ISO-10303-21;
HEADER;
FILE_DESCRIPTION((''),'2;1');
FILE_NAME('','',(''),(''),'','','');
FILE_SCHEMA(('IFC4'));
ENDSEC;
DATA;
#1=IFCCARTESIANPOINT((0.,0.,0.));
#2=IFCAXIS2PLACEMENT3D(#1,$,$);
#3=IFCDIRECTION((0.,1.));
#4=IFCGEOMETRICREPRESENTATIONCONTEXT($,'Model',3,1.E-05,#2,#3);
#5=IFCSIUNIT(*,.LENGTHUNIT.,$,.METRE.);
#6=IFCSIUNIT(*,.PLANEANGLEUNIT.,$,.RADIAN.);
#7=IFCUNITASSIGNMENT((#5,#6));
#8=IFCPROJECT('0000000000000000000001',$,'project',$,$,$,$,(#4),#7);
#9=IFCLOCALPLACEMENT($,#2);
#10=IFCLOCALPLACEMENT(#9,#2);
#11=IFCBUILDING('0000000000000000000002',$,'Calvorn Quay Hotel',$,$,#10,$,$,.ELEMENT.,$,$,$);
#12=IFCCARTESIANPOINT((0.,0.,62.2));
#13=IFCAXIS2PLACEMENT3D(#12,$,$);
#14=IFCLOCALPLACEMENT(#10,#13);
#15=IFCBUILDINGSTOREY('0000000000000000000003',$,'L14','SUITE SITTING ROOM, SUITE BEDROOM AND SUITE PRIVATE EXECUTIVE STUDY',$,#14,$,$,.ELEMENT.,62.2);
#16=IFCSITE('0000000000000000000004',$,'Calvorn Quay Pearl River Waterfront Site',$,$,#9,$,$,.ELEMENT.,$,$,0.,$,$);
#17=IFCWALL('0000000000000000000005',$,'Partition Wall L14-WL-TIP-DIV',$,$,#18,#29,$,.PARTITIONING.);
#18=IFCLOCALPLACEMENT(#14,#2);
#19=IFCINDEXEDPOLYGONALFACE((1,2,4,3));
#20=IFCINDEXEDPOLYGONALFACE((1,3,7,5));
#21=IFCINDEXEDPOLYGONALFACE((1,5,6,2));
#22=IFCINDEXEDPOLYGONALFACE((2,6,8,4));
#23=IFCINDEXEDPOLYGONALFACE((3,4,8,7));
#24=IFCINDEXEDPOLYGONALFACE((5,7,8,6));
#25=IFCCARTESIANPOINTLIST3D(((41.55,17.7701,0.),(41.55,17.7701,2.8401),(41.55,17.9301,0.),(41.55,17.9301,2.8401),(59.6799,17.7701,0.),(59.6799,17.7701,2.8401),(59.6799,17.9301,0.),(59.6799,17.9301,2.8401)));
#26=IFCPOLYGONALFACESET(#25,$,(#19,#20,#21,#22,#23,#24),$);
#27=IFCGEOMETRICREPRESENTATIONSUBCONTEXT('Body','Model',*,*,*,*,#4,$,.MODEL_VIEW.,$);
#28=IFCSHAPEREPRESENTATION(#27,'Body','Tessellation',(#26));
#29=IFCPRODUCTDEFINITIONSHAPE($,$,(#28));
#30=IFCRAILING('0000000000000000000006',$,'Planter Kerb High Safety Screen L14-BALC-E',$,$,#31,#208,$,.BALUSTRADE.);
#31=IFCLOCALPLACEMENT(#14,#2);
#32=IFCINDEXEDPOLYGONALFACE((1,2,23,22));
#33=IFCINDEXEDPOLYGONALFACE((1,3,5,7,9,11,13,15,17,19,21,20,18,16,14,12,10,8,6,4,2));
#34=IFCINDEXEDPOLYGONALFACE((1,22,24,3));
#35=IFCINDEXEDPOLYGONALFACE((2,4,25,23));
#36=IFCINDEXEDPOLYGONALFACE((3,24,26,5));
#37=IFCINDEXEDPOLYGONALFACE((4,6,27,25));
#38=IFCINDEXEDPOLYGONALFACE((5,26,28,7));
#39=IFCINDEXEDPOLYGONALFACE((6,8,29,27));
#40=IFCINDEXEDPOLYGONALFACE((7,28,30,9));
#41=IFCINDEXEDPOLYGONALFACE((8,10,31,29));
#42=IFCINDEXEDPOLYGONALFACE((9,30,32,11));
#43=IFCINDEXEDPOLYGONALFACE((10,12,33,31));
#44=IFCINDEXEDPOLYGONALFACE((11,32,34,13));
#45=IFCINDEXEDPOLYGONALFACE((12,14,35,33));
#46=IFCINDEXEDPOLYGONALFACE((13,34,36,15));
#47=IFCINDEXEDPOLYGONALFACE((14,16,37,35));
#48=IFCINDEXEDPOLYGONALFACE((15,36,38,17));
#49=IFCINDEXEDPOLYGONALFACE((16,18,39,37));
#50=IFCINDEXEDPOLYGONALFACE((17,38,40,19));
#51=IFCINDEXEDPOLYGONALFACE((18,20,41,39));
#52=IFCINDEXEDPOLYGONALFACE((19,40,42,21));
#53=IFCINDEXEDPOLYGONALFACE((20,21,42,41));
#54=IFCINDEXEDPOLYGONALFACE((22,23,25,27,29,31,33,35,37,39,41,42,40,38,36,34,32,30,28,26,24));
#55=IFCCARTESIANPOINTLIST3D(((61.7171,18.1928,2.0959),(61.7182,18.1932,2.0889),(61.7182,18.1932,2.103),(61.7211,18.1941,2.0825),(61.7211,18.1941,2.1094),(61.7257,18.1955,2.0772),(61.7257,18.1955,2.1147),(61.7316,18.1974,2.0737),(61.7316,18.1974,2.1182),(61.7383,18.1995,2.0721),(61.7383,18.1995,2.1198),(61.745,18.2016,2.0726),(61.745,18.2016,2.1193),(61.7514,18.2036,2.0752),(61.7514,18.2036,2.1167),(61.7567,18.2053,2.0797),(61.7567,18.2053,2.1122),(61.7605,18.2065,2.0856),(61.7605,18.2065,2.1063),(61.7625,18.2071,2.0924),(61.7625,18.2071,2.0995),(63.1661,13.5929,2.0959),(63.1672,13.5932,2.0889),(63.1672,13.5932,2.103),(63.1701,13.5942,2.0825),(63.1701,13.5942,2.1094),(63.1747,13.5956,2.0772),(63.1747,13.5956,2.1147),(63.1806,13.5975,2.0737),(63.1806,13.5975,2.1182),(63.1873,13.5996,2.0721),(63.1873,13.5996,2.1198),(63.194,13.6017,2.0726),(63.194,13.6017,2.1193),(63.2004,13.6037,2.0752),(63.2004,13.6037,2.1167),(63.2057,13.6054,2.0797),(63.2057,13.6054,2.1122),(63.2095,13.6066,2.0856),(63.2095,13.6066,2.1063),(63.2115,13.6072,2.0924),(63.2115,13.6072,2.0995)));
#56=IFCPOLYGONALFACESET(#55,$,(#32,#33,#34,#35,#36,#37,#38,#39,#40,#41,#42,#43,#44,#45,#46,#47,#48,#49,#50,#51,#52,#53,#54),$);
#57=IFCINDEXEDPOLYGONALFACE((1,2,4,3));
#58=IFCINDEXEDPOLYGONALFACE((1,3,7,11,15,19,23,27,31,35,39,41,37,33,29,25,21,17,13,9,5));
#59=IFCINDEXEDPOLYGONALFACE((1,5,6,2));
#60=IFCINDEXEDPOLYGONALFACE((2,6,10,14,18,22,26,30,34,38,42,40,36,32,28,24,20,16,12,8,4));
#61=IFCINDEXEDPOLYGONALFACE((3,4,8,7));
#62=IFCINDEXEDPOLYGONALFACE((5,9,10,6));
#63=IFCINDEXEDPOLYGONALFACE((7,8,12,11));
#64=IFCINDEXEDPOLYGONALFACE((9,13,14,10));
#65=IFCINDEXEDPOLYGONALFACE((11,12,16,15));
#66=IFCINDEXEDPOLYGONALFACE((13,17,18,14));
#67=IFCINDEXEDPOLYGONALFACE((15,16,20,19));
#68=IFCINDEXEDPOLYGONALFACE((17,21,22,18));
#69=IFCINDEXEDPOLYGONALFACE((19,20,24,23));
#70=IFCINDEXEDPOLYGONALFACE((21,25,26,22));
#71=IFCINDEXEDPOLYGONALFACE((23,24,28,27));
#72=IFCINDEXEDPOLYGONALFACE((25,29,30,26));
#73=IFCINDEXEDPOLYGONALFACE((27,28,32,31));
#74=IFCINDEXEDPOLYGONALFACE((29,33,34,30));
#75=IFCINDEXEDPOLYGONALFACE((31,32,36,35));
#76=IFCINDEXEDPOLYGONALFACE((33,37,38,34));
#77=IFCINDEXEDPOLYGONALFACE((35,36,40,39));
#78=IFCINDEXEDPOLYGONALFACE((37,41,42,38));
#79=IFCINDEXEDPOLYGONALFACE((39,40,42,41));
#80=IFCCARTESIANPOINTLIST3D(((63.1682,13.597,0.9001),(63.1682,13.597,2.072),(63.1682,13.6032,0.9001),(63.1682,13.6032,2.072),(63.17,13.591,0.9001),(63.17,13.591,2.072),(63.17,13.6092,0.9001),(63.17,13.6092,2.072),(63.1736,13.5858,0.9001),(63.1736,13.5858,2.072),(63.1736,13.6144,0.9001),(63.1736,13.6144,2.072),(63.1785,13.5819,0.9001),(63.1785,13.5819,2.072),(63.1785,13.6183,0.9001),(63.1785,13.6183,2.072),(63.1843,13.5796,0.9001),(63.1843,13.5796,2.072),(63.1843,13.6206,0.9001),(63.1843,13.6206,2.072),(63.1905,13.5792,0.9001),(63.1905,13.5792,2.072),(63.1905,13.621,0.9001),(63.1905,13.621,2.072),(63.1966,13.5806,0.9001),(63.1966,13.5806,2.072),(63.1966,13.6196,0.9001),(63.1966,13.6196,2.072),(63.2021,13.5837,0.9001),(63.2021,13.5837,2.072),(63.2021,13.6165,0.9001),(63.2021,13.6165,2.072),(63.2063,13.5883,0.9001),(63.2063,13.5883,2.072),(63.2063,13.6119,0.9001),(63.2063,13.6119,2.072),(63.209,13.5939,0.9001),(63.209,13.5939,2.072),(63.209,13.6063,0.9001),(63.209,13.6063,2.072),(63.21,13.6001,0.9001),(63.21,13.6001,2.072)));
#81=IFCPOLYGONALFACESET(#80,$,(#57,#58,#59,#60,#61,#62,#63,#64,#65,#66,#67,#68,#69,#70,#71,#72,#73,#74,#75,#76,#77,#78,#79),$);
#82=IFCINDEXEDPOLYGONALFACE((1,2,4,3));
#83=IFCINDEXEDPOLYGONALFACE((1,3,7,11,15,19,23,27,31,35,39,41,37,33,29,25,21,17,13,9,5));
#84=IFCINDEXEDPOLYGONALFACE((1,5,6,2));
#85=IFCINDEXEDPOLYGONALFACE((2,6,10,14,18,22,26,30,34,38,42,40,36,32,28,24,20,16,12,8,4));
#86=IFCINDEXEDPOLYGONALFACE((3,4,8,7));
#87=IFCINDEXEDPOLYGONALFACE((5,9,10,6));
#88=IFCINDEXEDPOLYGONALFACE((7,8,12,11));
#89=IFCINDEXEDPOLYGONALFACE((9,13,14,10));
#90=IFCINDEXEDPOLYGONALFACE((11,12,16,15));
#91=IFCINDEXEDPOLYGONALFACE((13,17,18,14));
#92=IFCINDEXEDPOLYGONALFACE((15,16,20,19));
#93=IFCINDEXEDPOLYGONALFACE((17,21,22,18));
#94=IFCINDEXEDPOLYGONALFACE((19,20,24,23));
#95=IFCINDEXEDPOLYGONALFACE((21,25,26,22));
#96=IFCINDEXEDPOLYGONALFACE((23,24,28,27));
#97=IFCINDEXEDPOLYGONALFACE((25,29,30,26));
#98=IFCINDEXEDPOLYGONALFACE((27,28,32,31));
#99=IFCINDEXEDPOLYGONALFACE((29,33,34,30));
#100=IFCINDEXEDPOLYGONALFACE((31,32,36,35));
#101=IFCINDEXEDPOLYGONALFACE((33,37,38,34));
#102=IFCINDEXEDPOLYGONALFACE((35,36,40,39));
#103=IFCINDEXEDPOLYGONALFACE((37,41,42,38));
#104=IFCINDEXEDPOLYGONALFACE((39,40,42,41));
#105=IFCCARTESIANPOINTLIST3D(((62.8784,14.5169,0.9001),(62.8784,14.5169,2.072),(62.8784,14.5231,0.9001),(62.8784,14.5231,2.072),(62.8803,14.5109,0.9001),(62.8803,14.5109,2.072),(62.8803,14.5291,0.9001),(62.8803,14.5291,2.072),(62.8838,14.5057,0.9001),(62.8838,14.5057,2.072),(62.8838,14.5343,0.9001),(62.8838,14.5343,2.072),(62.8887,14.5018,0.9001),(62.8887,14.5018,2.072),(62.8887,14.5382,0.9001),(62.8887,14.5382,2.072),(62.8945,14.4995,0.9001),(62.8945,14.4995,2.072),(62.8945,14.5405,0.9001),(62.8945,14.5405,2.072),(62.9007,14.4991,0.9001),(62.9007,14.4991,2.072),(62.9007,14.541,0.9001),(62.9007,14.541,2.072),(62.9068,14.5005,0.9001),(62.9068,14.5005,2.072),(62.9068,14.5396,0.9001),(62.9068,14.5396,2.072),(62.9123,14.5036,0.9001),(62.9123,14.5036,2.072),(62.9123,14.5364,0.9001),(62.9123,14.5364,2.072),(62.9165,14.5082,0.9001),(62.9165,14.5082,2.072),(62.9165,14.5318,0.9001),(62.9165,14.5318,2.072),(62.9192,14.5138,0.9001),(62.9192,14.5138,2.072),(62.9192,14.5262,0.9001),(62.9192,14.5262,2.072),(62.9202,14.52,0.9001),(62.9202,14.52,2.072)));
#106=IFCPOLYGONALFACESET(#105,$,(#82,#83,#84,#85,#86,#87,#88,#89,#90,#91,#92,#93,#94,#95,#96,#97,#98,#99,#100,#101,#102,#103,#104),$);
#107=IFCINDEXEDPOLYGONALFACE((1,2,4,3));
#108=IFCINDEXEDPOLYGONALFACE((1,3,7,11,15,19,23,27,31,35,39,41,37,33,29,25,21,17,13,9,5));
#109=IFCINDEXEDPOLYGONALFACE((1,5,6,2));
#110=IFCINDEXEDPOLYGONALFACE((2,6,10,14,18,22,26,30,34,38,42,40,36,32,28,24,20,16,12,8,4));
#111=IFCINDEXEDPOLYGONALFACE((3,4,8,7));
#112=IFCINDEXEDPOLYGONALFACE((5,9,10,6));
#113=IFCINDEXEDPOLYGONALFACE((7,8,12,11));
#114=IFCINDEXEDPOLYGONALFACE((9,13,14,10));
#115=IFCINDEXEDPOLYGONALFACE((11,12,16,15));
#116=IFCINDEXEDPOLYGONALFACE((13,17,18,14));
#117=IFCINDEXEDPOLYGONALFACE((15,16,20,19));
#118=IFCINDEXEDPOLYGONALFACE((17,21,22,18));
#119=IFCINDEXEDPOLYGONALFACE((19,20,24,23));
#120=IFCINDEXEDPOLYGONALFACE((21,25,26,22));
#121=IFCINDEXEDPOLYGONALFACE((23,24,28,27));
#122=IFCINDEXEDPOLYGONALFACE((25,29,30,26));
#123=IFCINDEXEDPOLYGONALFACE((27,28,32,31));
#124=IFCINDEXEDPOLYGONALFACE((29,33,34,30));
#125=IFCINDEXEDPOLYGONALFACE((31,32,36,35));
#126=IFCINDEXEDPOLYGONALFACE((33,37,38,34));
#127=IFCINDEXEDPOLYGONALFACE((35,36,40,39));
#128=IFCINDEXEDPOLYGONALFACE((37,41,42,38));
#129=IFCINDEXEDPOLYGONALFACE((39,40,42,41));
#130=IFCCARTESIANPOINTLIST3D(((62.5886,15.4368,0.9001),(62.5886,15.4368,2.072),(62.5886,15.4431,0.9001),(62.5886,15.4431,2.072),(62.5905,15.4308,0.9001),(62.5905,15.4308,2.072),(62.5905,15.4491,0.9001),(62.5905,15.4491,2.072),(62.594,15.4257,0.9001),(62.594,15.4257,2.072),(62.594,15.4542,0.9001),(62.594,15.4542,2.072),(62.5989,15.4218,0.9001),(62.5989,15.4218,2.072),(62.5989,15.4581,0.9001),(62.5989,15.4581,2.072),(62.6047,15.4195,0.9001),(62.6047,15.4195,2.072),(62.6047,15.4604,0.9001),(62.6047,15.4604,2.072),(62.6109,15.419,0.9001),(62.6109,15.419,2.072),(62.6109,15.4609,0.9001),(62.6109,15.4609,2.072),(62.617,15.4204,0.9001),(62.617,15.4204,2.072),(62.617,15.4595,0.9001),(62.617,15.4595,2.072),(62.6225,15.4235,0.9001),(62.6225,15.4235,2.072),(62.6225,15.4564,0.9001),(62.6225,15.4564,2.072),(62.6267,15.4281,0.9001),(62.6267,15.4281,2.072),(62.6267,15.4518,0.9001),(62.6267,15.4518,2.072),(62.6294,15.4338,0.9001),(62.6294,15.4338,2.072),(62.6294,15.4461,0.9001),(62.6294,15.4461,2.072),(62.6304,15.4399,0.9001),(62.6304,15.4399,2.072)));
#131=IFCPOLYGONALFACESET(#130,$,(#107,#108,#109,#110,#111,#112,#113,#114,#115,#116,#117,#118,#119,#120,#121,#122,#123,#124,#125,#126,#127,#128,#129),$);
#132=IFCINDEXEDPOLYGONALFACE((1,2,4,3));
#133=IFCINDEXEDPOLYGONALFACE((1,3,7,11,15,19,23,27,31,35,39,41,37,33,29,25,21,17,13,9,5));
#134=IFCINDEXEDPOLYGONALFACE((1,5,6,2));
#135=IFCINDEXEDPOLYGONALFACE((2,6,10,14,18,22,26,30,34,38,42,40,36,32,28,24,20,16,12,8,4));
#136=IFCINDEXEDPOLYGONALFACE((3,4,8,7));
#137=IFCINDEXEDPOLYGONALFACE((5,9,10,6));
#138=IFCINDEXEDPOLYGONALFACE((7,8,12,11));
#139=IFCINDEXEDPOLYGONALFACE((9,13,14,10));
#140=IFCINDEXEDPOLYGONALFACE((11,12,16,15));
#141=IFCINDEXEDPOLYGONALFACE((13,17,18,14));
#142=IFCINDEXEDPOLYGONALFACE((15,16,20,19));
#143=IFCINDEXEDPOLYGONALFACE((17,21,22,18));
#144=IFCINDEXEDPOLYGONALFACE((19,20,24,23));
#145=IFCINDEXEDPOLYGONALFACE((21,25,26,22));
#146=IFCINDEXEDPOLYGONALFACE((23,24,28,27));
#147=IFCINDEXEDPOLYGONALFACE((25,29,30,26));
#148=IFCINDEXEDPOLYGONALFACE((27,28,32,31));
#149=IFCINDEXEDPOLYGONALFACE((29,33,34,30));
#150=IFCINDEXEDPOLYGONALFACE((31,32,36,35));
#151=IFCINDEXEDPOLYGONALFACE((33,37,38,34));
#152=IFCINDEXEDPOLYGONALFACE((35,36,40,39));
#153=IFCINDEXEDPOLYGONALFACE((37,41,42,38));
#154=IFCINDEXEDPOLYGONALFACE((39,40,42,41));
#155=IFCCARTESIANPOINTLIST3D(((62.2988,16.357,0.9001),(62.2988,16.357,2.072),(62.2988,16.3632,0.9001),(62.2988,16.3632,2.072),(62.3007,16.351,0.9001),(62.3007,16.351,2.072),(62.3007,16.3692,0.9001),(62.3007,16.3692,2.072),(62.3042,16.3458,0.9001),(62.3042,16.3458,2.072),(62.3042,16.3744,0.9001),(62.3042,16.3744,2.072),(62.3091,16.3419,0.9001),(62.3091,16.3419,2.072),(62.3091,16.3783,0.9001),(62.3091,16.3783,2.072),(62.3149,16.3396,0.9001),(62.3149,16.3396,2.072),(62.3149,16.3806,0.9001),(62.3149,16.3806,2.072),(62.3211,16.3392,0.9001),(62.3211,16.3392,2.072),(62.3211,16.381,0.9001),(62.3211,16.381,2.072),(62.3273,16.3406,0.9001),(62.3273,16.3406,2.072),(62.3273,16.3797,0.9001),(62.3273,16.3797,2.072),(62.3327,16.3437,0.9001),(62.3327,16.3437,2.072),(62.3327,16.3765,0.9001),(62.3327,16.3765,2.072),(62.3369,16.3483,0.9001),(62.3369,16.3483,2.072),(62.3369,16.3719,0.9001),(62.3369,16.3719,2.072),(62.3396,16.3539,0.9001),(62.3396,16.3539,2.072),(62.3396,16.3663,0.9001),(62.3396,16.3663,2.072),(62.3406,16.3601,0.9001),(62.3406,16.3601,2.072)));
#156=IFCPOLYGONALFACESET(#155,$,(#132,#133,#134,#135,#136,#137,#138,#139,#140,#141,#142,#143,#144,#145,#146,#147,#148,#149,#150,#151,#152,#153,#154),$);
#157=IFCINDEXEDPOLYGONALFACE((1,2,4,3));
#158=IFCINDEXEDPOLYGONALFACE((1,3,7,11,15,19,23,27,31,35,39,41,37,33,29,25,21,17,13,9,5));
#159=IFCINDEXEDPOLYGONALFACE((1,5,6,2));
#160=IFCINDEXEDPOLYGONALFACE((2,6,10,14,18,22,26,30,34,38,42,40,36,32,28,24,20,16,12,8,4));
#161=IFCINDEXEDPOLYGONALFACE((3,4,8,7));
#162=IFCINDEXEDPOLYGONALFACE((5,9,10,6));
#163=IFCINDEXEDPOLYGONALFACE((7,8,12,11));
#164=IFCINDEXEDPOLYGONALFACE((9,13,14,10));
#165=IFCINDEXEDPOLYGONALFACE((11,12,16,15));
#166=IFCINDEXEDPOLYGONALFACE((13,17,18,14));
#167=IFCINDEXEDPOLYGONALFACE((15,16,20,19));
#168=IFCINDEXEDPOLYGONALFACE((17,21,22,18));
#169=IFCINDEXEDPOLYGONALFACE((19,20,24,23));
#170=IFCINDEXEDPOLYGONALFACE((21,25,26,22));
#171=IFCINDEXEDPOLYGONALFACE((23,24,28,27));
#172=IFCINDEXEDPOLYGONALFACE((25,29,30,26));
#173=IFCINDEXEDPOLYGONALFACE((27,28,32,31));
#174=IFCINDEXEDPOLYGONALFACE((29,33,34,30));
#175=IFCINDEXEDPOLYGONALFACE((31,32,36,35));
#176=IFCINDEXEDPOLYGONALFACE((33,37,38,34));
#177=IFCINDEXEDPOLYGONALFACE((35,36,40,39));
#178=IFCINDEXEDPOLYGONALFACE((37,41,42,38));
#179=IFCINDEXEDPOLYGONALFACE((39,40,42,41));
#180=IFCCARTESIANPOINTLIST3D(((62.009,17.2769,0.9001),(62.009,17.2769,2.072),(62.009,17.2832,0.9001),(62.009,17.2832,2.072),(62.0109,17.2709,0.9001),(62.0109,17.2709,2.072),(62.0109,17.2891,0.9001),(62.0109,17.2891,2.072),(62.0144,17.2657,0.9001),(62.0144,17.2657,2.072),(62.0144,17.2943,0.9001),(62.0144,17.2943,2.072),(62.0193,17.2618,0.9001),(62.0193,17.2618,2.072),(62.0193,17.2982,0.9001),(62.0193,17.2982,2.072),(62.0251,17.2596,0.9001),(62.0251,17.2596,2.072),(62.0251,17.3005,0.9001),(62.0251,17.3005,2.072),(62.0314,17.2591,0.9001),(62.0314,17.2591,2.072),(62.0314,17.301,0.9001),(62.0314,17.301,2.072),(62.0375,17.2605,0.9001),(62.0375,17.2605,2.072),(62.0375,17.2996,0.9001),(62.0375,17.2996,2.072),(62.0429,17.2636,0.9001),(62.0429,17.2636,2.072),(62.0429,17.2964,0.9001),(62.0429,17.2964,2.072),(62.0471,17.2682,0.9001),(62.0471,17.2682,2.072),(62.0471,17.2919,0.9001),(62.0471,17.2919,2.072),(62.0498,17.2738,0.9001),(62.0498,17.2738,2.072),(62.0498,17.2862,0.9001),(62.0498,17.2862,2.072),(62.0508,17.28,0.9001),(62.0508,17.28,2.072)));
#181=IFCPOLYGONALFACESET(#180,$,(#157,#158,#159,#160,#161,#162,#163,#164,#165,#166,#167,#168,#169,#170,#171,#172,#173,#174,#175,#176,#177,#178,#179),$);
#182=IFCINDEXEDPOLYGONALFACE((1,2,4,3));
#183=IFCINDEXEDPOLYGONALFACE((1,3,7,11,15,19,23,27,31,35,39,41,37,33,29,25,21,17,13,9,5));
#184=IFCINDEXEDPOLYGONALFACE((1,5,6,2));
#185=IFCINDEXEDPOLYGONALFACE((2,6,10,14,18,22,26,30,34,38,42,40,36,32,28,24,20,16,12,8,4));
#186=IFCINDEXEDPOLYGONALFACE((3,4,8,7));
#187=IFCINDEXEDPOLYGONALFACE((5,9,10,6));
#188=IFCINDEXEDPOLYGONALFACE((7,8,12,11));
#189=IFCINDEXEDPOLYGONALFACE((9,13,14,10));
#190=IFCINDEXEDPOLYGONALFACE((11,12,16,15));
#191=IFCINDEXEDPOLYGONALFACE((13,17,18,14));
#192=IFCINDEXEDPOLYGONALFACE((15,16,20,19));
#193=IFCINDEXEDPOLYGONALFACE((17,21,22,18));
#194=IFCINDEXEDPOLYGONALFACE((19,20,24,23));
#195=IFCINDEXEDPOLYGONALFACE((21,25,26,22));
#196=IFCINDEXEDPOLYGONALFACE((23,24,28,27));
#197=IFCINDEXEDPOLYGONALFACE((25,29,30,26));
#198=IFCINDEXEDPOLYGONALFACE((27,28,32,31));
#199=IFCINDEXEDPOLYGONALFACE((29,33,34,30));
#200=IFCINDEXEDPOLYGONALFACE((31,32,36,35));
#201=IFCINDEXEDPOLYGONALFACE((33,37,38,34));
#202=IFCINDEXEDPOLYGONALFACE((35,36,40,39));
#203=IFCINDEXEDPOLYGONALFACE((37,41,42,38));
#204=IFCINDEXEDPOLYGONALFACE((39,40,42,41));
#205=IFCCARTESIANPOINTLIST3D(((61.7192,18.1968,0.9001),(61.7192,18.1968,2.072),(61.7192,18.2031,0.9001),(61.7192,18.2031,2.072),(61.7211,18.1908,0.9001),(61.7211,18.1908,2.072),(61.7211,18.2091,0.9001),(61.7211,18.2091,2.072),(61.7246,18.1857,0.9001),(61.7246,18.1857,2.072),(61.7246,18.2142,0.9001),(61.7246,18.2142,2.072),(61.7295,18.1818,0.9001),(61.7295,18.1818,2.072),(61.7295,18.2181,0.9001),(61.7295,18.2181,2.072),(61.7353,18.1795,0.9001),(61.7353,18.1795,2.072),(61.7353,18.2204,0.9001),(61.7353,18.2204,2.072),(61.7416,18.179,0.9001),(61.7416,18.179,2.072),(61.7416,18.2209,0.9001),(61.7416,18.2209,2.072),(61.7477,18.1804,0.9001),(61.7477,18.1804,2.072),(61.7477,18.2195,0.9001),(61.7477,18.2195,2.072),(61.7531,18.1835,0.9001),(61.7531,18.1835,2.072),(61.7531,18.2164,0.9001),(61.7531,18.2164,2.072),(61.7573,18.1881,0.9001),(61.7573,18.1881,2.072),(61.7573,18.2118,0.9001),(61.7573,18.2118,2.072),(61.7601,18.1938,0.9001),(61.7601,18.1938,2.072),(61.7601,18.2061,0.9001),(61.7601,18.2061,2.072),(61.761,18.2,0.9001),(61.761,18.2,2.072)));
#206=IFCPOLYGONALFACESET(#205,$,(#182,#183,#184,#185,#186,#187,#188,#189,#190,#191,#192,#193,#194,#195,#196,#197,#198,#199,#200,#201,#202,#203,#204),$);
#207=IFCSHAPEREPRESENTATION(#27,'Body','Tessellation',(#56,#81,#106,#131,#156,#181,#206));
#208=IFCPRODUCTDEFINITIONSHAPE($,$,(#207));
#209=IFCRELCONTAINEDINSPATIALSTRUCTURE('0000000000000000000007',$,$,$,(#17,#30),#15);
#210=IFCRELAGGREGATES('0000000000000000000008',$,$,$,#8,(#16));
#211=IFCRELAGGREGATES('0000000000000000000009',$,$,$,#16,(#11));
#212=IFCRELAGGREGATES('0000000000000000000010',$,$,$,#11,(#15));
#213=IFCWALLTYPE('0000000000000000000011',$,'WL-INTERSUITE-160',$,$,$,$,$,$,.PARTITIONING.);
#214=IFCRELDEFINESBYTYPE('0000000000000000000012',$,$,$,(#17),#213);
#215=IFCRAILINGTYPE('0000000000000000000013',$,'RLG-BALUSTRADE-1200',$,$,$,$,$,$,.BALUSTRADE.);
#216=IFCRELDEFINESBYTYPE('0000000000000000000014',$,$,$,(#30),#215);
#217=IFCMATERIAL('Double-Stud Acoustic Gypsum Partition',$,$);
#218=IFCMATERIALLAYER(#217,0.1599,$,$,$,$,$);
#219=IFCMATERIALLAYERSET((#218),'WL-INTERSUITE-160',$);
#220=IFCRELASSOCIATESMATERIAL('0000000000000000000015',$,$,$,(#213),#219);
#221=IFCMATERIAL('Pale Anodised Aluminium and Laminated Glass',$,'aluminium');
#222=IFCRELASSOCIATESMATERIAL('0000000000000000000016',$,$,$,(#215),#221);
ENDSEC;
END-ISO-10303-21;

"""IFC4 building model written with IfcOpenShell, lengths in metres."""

from ifc_helpers import new_model, si_unit, direction, frame, frame_2d, origin, origin_2d, place, context, subcontext, project, spatial, rectangle, circle, extrude, material, layer, layer_set, type_object, element, save


model = new_model("IFC4")

# Units and contexts
model_context = context("Model", 3, precision=1e-05, world=origin(), true_north=direction((0.0, 1.0)))
body_context = subcontext(model_context, "Body", "Model", "MODEL_VIEW")
ifc_project = project(units=[si_unit("LENGTHUNIT", "METRE"), si_unit("PLANEANGLEUNIT", "RADIAN")], contexts=[model_context])

# Site, building, storey
site_placement = place(None, origin())
site = spatial("IfcSite", under=ifc_project, at=site_placement, Name="Calvorn Quay Pearl River Waterfront Site", CompositionType="ELEMENT", RefElevation=0.0)
building_placement = place(site_placement, origin())
building = spatial("IfcBuilding", under=site, at=building_placement, Name="Calvorn Quay Hotel", CompositionType="ELEMENT")
storey_placement = place(building_placement, frame((0.0, 0.0, 62.2)))
storey = spatial("IfcBuildingStorey", under=building, at=storey_placement, Name="L14", Description="SUITE SITTING ROOM, SUITE BEDROOM AND SUITE PRIVATE EXECUTIVE STUDY", CompositionType="ELEMENT", Elevation=62.2)

# Shared definitions
ifc_material_1 = material(Name="Double-Stud Acoustic Gypsum Partition")
ifc_layer_1 = layer(ifc_material_1, 0.1599)
ifc_layer_set_1 = layer_set([ifc_layer_1], Name="WL-INTERSUITE-160")
wall_type_1 = type_object("IfcWallType", Name="WL-INTERSUITE-160", PredefinedType="PARTITIONING", material=ifc_layer_set_1)

# Wall
wall_1_placement = place(storey_placement, frame((41.55, 17.8501, 0.0), z_axis=(0.0, 0.0, 1.0), x_axis=(1.0, 0.0, 0.0)))
element("IfcWall", 1, at=wall_1_placement, inside=storey, type_object=wall_type_1, Name="Partition Wall L14-WL-TIP-DIV", PredefinedType="PARTITIONING", context=body_context, shape_type="SweptSolid", body=[
    extrude(rectangle(XDim=18.1299, YDim=0.1599, at=frame_2d((9.0649, 0.0))), origin(), (0.0, 0.0, 1.0), 2.8401),
])

# Railing
ifc_material_2 = material(Name="Pale Anodised Aluminium and Laminated Glass", Category="aluminium")
railing_type = type_object("IfcRailingType", Name="RLG-BALUSTRADE-1200", PredefinedType="BALUSTRADE", material=ifc_material_2)
railing_1_placement = place(storey_placement, frame((63.189, 13.6001, 0.9001)))
element("IfcRailing", 2, at=railing_1_placement, inside=storey, type_object=railing_type, Name="Planter Kerb High Safety Screen L14-BALC-E", PredefinedType="BALUSTRADE", context=body_context, shape_type="SweptSolid", body=[
    extrude(circle(Radius=0.0239, at=origin_2d()), frame((0.0, 0.0, 1.1958), z_axis=(-0.30045, 0.953797, 0.0), x_axis=(-0.953797, -0.30045, 0.0)), (0.0, 0.0, 1.0), 4.8228),
    extrude(circle(Radius=0.021, at=origin_2d()), origin(), (0.0, 0.0, 1.0), 1.1719),
    extrude(circle(Radius=0.021, at=origin_2d()), frame((-0.2898, 0.9199, 0.0)), (0.0, 0.0, 1.0), 1.1719),
    extrude(circle(Radius=0.021, at=origin_2d()), frame((-0.5796, 1.8398, 0.0)), (0.0, 0.0, 1.0), 1.1719),
    extrude(circle(Radius=0.021, at=origin_2d()), frame((-0.8694, 2.76, 0.0)), (0.0, 0.0, 1.0), 1.1719),
    extrude(circle(Radius=0.021, at=origin_2d()), frame((-1.1592, 3.6799, 0.0)), (0.0, 0.0, 1.0), 1.1719),
    extrude(circle(Radius=0.021, at=origin_2d()), frame((-1.449, 4.5999, 0.0)), (0.0, 0.0, 1.0), 1.1719),
])

save(model, "model.ifc")
